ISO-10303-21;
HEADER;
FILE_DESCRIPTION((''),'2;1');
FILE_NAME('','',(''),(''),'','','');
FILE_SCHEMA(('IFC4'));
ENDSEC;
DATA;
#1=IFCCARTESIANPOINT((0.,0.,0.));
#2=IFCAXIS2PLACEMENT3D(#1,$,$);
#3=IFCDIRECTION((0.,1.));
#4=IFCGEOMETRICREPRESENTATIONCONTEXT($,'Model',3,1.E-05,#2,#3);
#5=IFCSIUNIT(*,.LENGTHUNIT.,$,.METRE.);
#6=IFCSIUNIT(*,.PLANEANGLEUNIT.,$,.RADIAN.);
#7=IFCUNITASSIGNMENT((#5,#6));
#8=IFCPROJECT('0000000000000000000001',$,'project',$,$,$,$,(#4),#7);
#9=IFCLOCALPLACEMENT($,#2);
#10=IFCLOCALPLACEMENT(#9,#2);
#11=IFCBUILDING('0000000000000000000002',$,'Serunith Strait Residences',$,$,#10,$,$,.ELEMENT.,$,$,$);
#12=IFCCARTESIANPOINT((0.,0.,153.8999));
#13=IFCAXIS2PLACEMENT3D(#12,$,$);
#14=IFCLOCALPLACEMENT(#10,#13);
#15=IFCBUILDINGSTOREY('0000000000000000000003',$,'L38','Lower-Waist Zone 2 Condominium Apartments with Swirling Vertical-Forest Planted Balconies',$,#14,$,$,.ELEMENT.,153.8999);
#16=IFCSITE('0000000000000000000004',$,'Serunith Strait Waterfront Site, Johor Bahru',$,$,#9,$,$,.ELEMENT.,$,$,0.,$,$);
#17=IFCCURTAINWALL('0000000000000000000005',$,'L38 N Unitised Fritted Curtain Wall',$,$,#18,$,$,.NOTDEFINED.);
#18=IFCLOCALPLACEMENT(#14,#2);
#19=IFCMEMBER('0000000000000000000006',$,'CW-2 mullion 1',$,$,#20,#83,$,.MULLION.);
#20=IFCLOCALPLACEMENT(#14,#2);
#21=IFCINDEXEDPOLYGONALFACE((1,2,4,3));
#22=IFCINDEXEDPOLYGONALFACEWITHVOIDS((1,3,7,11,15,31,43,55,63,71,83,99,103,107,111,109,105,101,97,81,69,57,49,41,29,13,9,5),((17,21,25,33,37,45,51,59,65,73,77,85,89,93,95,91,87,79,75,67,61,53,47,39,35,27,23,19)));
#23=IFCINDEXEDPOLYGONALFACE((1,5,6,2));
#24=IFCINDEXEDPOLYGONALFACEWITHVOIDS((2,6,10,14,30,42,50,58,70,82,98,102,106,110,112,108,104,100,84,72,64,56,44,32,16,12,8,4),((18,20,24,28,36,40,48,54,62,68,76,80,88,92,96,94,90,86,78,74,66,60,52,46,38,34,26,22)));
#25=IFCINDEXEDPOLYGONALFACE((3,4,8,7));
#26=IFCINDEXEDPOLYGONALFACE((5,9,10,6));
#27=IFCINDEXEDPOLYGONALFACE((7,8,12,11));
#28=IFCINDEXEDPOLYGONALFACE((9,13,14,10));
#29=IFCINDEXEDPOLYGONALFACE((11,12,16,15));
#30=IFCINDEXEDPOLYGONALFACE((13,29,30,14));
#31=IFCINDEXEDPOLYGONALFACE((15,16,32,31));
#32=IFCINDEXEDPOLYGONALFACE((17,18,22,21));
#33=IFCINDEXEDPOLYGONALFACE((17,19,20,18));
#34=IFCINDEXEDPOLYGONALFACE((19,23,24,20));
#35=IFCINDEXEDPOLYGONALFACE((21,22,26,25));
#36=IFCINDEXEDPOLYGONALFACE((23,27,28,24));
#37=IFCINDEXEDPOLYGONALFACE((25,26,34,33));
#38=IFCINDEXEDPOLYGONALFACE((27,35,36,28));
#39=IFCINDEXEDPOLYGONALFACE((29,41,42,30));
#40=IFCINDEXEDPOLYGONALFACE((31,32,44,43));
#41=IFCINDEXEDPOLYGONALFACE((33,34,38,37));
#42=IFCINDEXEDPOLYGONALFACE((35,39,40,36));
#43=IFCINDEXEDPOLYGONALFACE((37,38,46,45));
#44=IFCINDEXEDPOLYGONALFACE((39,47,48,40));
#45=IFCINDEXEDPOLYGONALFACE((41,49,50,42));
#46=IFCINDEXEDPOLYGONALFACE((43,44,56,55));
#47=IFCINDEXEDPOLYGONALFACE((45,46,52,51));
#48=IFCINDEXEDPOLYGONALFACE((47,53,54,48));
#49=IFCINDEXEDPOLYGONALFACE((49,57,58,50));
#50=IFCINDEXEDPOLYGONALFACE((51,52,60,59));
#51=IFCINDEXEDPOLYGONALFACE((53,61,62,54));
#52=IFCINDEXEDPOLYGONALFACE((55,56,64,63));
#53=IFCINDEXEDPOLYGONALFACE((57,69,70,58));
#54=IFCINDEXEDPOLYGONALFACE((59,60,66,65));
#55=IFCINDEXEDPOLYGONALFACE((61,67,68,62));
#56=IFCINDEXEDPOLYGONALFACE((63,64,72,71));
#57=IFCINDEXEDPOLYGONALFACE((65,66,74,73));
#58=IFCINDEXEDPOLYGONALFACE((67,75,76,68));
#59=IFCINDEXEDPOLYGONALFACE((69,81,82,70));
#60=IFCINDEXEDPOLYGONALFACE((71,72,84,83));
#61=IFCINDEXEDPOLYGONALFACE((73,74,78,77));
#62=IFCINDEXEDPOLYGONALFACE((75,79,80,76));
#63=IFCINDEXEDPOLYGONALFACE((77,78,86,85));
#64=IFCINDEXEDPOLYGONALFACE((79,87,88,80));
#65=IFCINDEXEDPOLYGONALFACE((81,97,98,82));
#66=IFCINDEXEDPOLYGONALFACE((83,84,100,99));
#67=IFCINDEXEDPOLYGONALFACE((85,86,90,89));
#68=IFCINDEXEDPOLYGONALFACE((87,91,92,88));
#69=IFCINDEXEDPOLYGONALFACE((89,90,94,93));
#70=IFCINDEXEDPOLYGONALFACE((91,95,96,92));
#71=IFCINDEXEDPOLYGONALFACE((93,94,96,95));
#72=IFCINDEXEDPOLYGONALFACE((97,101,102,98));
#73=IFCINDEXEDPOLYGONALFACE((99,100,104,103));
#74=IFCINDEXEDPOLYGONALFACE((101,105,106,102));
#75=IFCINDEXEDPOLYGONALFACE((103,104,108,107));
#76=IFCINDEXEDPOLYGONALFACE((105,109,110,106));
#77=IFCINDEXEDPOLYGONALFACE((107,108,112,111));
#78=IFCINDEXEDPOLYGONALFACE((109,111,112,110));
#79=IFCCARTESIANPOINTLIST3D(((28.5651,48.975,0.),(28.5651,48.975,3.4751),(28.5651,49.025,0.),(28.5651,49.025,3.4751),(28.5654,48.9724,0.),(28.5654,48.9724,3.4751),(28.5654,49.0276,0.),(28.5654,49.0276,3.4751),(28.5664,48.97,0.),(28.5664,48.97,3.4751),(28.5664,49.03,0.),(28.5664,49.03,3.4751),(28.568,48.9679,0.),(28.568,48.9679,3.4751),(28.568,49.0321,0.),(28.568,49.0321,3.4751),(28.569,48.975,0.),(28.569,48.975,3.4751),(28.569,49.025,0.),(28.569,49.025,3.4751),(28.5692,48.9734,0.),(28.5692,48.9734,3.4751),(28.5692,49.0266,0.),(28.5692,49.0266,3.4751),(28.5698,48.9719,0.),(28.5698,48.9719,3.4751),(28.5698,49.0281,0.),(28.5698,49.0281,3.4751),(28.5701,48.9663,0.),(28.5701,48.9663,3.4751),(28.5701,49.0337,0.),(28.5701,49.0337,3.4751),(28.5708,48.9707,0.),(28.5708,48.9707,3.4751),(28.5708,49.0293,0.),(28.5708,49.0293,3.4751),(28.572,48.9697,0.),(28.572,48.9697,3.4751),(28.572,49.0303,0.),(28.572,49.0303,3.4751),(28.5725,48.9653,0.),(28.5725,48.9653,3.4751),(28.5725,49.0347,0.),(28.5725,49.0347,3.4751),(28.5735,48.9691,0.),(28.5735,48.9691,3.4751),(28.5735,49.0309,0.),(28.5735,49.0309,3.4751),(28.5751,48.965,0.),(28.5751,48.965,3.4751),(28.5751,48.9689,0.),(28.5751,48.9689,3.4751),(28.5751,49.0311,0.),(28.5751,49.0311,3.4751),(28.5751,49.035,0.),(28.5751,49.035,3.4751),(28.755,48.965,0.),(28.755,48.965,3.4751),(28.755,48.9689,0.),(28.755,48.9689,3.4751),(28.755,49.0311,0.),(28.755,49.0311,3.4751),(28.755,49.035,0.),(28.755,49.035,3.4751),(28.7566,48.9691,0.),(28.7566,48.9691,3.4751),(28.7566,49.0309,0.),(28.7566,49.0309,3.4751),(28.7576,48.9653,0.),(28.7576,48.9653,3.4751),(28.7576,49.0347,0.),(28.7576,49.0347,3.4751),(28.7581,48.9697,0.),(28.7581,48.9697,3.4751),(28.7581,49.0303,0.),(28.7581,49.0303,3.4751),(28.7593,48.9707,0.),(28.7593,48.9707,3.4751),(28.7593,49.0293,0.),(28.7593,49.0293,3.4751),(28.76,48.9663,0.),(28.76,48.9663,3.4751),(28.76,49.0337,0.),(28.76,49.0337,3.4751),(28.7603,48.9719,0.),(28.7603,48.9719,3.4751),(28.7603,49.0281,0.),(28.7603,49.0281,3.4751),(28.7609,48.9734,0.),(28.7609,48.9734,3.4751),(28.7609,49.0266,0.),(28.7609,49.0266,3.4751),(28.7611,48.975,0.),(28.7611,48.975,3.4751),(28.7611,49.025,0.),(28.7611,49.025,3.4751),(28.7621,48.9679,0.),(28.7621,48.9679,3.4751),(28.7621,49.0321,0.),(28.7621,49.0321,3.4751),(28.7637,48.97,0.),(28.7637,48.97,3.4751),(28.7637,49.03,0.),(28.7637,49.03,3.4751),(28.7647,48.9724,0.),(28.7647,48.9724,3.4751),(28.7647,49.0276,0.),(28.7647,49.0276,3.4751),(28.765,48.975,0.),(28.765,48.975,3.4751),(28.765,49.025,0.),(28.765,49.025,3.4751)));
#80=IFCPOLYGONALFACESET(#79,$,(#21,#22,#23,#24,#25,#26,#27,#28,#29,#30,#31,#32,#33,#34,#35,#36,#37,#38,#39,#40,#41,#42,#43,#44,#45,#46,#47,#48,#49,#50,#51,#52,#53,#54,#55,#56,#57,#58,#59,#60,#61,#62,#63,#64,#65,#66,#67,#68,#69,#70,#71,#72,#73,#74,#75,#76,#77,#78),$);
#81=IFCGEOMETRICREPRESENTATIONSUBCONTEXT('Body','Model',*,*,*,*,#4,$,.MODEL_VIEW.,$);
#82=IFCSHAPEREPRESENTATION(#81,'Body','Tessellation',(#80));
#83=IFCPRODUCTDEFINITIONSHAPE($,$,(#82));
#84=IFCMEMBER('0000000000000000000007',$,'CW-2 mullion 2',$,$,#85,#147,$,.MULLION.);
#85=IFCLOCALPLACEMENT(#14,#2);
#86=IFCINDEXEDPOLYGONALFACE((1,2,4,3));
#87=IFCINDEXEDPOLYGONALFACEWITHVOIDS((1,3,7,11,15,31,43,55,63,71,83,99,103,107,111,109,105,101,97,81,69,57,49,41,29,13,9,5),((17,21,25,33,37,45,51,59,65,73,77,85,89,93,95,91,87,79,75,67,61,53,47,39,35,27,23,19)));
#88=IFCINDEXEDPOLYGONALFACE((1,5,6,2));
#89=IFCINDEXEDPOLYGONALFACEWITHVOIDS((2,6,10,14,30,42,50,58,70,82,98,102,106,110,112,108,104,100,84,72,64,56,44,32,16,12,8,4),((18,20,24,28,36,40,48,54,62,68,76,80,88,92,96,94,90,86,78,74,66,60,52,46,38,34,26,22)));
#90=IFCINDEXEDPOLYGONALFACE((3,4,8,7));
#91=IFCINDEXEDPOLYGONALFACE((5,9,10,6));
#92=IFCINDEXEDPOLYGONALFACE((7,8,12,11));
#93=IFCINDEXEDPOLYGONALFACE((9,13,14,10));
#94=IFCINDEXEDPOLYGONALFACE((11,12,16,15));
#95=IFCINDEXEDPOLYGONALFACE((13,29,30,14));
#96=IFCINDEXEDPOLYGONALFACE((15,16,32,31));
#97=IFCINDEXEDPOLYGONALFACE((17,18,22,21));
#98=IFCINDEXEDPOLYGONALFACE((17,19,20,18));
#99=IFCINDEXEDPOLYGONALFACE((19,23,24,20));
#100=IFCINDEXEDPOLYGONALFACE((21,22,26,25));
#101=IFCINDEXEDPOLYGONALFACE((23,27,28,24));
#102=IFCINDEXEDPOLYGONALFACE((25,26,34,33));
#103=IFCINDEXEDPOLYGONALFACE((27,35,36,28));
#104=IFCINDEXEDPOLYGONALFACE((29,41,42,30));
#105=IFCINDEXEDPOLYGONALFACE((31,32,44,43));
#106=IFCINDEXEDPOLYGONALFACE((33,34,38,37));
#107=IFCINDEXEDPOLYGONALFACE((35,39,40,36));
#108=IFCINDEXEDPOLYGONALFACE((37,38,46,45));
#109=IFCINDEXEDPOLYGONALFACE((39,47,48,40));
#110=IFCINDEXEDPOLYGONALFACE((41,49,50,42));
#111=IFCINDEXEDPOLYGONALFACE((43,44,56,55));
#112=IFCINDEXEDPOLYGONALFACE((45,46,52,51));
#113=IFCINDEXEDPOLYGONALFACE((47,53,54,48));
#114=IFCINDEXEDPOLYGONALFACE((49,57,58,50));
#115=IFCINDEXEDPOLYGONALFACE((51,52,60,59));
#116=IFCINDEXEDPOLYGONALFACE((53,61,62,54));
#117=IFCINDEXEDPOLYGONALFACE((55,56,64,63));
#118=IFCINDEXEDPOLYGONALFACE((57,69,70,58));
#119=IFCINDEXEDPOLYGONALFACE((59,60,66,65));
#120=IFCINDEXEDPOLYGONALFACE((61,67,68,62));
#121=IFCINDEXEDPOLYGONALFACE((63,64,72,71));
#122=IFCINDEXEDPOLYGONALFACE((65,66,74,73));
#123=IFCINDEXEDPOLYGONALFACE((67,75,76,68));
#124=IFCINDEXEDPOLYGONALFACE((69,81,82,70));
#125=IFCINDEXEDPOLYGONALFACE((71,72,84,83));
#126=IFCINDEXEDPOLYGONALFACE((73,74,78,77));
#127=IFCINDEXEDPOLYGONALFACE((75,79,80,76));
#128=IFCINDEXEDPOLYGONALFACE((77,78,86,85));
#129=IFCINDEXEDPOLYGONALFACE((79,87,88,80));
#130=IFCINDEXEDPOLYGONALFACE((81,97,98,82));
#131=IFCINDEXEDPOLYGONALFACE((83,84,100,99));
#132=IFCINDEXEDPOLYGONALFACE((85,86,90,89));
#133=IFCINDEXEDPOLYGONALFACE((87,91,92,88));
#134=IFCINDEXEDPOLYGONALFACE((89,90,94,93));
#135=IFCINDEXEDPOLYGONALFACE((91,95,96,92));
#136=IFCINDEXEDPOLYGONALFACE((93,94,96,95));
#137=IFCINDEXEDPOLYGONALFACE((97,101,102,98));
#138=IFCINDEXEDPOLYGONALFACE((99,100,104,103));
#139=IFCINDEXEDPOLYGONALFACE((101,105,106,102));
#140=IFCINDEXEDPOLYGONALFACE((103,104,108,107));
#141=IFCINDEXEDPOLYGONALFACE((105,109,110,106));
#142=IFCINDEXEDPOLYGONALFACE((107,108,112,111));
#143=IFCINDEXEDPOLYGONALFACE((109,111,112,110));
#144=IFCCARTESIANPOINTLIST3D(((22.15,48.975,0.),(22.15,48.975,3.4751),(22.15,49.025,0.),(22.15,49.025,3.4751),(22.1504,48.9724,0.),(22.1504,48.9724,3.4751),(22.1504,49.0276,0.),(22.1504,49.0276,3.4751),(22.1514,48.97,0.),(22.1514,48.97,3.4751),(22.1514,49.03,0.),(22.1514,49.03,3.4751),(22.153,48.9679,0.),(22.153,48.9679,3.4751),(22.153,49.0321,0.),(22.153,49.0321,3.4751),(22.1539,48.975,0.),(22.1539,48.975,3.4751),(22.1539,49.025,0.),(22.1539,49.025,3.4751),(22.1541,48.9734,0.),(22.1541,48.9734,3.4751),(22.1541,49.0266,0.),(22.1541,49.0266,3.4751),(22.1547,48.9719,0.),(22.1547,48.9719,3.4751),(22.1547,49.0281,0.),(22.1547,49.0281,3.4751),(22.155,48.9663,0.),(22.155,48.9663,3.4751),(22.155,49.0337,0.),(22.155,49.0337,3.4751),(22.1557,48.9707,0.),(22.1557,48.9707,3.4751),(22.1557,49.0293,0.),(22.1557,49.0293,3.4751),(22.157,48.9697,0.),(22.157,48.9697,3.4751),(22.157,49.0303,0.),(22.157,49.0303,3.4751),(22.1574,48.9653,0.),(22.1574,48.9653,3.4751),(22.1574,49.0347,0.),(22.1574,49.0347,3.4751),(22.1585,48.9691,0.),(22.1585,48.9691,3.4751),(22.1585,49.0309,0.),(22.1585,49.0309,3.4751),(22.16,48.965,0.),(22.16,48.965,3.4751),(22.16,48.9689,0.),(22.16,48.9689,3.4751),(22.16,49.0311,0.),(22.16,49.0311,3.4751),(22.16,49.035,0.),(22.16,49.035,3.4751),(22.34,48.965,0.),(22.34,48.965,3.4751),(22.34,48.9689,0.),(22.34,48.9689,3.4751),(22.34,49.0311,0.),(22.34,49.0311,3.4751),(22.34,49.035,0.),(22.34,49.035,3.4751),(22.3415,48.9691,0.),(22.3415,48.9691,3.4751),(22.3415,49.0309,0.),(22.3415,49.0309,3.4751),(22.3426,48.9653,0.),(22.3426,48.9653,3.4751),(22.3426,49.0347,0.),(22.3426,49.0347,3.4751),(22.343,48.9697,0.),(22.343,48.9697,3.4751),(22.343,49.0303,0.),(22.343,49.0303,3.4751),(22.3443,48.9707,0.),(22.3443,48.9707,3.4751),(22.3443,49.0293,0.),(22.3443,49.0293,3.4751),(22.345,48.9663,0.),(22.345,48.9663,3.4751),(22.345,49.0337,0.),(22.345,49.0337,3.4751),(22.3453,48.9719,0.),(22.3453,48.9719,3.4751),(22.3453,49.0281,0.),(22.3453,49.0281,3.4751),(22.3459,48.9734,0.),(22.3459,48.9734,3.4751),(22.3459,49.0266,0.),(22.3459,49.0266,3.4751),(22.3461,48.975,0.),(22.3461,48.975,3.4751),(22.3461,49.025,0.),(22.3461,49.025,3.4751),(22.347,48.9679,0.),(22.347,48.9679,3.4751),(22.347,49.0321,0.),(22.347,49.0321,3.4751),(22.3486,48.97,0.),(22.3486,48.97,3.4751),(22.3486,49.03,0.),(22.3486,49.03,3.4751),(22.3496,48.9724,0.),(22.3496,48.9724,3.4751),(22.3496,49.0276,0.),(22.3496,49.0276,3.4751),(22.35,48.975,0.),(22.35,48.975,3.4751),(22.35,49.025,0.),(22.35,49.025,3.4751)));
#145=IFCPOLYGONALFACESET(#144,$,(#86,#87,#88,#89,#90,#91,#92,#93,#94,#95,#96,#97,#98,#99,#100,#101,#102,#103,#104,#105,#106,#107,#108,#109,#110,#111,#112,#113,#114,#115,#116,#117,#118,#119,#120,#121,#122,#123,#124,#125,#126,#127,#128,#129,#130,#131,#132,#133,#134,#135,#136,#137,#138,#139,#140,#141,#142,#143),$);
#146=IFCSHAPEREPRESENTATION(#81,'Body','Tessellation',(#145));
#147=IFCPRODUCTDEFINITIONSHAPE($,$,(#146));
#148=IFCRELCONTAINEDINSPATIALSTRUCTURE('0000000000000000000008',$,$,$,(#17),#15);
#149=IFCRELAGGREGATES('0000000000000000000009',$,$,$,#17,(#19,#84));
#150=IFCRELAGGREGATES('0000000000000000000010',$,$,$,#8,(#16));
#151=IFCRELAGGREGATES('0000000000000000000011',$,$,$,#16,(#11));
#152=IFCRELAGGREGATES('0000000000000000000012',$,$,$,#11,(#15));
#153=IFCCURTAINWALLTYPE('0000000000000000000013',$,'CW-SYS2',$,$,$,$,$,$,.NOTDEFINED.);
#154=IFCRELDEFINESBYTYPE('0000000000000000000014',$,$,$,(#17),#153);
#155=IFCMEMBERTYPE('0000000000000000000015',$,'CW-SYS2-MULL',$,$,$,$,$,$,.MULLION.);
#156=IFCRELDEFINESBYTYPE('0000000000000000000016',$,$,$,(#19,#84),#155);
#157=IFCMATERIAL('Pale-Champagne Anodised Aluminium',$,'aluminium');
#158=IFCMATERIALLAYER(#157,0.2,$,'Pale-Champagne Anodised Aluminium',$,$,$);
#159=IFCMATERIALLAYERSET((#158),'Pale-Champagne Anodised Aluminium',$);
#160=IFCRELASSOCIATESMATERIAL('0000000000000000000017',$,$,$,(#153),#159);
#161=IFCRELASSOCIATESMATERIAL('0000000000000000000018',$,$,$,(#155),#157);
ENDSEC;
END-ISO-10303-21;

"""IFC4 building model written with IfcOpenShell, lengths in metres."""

from ifc_helpers import new_model, si_unit, direction, frame, origin, origin_2d, place, context, subcontext, project, spatial, hollow_rectangle, extrude, source, transform, mapped, material, layer, layer_set, material_profile, profile_set, type_object, element, aggregate, save


model = new_model("IFC4")

# Units and contexts
model_context = context("Model", 3, precision=1e-05, world=origin(), true_north=direction((0.0, 1.0)))
body_context = subcontext(model_context, "Body", "Model", "MODEL_VIEW")
ifc_project = project(units=[si_unit("LENGTHUNIT", "METRE"), si_unit("PLANEANGLEUNIT", "RADIAN")], contexts=[model_context])

# Site, building, storey
site_placement = place(None, origin())
site = spatial("IfcSite", under=ifc_project, at=site_placement, Name="Serunith Strait Waterfront Site, Johor Bahru", CompositionType="ELEMENT", RefElevation=0.0)
building_placement = place(site_placement, origin())
building = spatial("IfcBuilding", under=site, at=building_placement, Name="Serunith Strait Residences", CompositionType="ELEMENT")
storey_placement = place(building_placement, frame((0.0, 0.0, 153.8999)))
storey = spatial("IfcBuildingStorey", under=building, at=storey_placement, Name="L38", Description="Lower-Waist Zone 2 Condominium Apartments with Swirling Vertical-Forest Planted Balconies", CompositionType="ELEMENT", Elevation=153.8999)

# Curtain wall, members
ifc_material_1 = material(Name="Pale-Champagne Anodised Aluminium", Category="aluminium")
ifc_layer_1 = layer(ifc_material_1, 0.2, Name="Pale-Champagne Anodised Aluminium")
ifc_layer_set_1 = layer_set([ifc_layer_1], Name="Pale-Champagne Anodised Aluminium")
curtain_wall_type = type_object("IfcCurtainWallType", Name="CW-SYS2", PredefinedType="NOTDEFINED", material=ifc_layer_set_1)
curtain_wall_placement = place(storey_placement, origin())
curtain_wall = element("IfcCurtainWall", 1, at=curtain_wall_placement, inside=storey, type_object=curtain_wall_type, Name="L38 N Unitised Fritted Curtain Wall", PredefinedType="NOTDEFINED")
ifc_material_profile_1 = material_profile(ifc_material_1, hollow_rectangle(XDim=0.0701, YDim=0.2, WallThickness=0.0039, InnerFilletRadius=0.0061, OuterFilletRadius=0.01, at=origin_2d()), Name="ALU 200x70x4")
ifc_profile_set_1 = profile_set([ifc_material_profile_1], Name="Pale-Champagne Anodised Aluminium")
member_type_1 = type_object("IfcMemberType", Name="CW-SYS2-MULL", PredefinedType="MULLION", material=ifc_profile_set_1)
shared_shape_1 = source(origin(), body_context, "Body", "SweptSolid", [
    extrude(hollow_rectangle(XDim=0.0701, YDim=0.2, WallThickness=0.0039, InnerFilletRadius=0.0061, OuterFilletRadius=0.01, at=origin_2d()), origin(), (0.0, 0.0, 1.0), 3.4751),
])
member_1_placement = place(storey_placement, frame((28.665, 49.0, 0.0), z_axis=(0.0, 0.0, 1.0), x_axis=(0.0, -1.0, 0.0)))
member_1 = element("IfcMember", 2, at=member_1_placement, type_object=member_type_1, Name="CW-2 mullion 1", PredefinedType="MULLION", context=body_context, shape_type="MappedRepresentation", body=[
    mapped(shared_shape_1, transform((0.0, 0.0, 0.0), scale=1.0)),
])
member_2_placement = place(storey_placement, frame((22.25, 49.0, 0.0), z_axis=(0.0, 0.0, 1.0), x_axis=(0.0, -1.0, 0.0)))
member_2 = element("IfcMember", 3, at=member_2_placement, type_object=member_type_1, Name="CW-2 mullion 2", PredefinedType="MULLION", context=body_context, shape_type="MappedRepresentation", body=[
    mapped(shared_shape_1, transform((0.0, 0.0, 0.0), scale=1.0)),
])
aggregate(curtain_wall, [member_1, member_2])

save(model, "model.ifc")
